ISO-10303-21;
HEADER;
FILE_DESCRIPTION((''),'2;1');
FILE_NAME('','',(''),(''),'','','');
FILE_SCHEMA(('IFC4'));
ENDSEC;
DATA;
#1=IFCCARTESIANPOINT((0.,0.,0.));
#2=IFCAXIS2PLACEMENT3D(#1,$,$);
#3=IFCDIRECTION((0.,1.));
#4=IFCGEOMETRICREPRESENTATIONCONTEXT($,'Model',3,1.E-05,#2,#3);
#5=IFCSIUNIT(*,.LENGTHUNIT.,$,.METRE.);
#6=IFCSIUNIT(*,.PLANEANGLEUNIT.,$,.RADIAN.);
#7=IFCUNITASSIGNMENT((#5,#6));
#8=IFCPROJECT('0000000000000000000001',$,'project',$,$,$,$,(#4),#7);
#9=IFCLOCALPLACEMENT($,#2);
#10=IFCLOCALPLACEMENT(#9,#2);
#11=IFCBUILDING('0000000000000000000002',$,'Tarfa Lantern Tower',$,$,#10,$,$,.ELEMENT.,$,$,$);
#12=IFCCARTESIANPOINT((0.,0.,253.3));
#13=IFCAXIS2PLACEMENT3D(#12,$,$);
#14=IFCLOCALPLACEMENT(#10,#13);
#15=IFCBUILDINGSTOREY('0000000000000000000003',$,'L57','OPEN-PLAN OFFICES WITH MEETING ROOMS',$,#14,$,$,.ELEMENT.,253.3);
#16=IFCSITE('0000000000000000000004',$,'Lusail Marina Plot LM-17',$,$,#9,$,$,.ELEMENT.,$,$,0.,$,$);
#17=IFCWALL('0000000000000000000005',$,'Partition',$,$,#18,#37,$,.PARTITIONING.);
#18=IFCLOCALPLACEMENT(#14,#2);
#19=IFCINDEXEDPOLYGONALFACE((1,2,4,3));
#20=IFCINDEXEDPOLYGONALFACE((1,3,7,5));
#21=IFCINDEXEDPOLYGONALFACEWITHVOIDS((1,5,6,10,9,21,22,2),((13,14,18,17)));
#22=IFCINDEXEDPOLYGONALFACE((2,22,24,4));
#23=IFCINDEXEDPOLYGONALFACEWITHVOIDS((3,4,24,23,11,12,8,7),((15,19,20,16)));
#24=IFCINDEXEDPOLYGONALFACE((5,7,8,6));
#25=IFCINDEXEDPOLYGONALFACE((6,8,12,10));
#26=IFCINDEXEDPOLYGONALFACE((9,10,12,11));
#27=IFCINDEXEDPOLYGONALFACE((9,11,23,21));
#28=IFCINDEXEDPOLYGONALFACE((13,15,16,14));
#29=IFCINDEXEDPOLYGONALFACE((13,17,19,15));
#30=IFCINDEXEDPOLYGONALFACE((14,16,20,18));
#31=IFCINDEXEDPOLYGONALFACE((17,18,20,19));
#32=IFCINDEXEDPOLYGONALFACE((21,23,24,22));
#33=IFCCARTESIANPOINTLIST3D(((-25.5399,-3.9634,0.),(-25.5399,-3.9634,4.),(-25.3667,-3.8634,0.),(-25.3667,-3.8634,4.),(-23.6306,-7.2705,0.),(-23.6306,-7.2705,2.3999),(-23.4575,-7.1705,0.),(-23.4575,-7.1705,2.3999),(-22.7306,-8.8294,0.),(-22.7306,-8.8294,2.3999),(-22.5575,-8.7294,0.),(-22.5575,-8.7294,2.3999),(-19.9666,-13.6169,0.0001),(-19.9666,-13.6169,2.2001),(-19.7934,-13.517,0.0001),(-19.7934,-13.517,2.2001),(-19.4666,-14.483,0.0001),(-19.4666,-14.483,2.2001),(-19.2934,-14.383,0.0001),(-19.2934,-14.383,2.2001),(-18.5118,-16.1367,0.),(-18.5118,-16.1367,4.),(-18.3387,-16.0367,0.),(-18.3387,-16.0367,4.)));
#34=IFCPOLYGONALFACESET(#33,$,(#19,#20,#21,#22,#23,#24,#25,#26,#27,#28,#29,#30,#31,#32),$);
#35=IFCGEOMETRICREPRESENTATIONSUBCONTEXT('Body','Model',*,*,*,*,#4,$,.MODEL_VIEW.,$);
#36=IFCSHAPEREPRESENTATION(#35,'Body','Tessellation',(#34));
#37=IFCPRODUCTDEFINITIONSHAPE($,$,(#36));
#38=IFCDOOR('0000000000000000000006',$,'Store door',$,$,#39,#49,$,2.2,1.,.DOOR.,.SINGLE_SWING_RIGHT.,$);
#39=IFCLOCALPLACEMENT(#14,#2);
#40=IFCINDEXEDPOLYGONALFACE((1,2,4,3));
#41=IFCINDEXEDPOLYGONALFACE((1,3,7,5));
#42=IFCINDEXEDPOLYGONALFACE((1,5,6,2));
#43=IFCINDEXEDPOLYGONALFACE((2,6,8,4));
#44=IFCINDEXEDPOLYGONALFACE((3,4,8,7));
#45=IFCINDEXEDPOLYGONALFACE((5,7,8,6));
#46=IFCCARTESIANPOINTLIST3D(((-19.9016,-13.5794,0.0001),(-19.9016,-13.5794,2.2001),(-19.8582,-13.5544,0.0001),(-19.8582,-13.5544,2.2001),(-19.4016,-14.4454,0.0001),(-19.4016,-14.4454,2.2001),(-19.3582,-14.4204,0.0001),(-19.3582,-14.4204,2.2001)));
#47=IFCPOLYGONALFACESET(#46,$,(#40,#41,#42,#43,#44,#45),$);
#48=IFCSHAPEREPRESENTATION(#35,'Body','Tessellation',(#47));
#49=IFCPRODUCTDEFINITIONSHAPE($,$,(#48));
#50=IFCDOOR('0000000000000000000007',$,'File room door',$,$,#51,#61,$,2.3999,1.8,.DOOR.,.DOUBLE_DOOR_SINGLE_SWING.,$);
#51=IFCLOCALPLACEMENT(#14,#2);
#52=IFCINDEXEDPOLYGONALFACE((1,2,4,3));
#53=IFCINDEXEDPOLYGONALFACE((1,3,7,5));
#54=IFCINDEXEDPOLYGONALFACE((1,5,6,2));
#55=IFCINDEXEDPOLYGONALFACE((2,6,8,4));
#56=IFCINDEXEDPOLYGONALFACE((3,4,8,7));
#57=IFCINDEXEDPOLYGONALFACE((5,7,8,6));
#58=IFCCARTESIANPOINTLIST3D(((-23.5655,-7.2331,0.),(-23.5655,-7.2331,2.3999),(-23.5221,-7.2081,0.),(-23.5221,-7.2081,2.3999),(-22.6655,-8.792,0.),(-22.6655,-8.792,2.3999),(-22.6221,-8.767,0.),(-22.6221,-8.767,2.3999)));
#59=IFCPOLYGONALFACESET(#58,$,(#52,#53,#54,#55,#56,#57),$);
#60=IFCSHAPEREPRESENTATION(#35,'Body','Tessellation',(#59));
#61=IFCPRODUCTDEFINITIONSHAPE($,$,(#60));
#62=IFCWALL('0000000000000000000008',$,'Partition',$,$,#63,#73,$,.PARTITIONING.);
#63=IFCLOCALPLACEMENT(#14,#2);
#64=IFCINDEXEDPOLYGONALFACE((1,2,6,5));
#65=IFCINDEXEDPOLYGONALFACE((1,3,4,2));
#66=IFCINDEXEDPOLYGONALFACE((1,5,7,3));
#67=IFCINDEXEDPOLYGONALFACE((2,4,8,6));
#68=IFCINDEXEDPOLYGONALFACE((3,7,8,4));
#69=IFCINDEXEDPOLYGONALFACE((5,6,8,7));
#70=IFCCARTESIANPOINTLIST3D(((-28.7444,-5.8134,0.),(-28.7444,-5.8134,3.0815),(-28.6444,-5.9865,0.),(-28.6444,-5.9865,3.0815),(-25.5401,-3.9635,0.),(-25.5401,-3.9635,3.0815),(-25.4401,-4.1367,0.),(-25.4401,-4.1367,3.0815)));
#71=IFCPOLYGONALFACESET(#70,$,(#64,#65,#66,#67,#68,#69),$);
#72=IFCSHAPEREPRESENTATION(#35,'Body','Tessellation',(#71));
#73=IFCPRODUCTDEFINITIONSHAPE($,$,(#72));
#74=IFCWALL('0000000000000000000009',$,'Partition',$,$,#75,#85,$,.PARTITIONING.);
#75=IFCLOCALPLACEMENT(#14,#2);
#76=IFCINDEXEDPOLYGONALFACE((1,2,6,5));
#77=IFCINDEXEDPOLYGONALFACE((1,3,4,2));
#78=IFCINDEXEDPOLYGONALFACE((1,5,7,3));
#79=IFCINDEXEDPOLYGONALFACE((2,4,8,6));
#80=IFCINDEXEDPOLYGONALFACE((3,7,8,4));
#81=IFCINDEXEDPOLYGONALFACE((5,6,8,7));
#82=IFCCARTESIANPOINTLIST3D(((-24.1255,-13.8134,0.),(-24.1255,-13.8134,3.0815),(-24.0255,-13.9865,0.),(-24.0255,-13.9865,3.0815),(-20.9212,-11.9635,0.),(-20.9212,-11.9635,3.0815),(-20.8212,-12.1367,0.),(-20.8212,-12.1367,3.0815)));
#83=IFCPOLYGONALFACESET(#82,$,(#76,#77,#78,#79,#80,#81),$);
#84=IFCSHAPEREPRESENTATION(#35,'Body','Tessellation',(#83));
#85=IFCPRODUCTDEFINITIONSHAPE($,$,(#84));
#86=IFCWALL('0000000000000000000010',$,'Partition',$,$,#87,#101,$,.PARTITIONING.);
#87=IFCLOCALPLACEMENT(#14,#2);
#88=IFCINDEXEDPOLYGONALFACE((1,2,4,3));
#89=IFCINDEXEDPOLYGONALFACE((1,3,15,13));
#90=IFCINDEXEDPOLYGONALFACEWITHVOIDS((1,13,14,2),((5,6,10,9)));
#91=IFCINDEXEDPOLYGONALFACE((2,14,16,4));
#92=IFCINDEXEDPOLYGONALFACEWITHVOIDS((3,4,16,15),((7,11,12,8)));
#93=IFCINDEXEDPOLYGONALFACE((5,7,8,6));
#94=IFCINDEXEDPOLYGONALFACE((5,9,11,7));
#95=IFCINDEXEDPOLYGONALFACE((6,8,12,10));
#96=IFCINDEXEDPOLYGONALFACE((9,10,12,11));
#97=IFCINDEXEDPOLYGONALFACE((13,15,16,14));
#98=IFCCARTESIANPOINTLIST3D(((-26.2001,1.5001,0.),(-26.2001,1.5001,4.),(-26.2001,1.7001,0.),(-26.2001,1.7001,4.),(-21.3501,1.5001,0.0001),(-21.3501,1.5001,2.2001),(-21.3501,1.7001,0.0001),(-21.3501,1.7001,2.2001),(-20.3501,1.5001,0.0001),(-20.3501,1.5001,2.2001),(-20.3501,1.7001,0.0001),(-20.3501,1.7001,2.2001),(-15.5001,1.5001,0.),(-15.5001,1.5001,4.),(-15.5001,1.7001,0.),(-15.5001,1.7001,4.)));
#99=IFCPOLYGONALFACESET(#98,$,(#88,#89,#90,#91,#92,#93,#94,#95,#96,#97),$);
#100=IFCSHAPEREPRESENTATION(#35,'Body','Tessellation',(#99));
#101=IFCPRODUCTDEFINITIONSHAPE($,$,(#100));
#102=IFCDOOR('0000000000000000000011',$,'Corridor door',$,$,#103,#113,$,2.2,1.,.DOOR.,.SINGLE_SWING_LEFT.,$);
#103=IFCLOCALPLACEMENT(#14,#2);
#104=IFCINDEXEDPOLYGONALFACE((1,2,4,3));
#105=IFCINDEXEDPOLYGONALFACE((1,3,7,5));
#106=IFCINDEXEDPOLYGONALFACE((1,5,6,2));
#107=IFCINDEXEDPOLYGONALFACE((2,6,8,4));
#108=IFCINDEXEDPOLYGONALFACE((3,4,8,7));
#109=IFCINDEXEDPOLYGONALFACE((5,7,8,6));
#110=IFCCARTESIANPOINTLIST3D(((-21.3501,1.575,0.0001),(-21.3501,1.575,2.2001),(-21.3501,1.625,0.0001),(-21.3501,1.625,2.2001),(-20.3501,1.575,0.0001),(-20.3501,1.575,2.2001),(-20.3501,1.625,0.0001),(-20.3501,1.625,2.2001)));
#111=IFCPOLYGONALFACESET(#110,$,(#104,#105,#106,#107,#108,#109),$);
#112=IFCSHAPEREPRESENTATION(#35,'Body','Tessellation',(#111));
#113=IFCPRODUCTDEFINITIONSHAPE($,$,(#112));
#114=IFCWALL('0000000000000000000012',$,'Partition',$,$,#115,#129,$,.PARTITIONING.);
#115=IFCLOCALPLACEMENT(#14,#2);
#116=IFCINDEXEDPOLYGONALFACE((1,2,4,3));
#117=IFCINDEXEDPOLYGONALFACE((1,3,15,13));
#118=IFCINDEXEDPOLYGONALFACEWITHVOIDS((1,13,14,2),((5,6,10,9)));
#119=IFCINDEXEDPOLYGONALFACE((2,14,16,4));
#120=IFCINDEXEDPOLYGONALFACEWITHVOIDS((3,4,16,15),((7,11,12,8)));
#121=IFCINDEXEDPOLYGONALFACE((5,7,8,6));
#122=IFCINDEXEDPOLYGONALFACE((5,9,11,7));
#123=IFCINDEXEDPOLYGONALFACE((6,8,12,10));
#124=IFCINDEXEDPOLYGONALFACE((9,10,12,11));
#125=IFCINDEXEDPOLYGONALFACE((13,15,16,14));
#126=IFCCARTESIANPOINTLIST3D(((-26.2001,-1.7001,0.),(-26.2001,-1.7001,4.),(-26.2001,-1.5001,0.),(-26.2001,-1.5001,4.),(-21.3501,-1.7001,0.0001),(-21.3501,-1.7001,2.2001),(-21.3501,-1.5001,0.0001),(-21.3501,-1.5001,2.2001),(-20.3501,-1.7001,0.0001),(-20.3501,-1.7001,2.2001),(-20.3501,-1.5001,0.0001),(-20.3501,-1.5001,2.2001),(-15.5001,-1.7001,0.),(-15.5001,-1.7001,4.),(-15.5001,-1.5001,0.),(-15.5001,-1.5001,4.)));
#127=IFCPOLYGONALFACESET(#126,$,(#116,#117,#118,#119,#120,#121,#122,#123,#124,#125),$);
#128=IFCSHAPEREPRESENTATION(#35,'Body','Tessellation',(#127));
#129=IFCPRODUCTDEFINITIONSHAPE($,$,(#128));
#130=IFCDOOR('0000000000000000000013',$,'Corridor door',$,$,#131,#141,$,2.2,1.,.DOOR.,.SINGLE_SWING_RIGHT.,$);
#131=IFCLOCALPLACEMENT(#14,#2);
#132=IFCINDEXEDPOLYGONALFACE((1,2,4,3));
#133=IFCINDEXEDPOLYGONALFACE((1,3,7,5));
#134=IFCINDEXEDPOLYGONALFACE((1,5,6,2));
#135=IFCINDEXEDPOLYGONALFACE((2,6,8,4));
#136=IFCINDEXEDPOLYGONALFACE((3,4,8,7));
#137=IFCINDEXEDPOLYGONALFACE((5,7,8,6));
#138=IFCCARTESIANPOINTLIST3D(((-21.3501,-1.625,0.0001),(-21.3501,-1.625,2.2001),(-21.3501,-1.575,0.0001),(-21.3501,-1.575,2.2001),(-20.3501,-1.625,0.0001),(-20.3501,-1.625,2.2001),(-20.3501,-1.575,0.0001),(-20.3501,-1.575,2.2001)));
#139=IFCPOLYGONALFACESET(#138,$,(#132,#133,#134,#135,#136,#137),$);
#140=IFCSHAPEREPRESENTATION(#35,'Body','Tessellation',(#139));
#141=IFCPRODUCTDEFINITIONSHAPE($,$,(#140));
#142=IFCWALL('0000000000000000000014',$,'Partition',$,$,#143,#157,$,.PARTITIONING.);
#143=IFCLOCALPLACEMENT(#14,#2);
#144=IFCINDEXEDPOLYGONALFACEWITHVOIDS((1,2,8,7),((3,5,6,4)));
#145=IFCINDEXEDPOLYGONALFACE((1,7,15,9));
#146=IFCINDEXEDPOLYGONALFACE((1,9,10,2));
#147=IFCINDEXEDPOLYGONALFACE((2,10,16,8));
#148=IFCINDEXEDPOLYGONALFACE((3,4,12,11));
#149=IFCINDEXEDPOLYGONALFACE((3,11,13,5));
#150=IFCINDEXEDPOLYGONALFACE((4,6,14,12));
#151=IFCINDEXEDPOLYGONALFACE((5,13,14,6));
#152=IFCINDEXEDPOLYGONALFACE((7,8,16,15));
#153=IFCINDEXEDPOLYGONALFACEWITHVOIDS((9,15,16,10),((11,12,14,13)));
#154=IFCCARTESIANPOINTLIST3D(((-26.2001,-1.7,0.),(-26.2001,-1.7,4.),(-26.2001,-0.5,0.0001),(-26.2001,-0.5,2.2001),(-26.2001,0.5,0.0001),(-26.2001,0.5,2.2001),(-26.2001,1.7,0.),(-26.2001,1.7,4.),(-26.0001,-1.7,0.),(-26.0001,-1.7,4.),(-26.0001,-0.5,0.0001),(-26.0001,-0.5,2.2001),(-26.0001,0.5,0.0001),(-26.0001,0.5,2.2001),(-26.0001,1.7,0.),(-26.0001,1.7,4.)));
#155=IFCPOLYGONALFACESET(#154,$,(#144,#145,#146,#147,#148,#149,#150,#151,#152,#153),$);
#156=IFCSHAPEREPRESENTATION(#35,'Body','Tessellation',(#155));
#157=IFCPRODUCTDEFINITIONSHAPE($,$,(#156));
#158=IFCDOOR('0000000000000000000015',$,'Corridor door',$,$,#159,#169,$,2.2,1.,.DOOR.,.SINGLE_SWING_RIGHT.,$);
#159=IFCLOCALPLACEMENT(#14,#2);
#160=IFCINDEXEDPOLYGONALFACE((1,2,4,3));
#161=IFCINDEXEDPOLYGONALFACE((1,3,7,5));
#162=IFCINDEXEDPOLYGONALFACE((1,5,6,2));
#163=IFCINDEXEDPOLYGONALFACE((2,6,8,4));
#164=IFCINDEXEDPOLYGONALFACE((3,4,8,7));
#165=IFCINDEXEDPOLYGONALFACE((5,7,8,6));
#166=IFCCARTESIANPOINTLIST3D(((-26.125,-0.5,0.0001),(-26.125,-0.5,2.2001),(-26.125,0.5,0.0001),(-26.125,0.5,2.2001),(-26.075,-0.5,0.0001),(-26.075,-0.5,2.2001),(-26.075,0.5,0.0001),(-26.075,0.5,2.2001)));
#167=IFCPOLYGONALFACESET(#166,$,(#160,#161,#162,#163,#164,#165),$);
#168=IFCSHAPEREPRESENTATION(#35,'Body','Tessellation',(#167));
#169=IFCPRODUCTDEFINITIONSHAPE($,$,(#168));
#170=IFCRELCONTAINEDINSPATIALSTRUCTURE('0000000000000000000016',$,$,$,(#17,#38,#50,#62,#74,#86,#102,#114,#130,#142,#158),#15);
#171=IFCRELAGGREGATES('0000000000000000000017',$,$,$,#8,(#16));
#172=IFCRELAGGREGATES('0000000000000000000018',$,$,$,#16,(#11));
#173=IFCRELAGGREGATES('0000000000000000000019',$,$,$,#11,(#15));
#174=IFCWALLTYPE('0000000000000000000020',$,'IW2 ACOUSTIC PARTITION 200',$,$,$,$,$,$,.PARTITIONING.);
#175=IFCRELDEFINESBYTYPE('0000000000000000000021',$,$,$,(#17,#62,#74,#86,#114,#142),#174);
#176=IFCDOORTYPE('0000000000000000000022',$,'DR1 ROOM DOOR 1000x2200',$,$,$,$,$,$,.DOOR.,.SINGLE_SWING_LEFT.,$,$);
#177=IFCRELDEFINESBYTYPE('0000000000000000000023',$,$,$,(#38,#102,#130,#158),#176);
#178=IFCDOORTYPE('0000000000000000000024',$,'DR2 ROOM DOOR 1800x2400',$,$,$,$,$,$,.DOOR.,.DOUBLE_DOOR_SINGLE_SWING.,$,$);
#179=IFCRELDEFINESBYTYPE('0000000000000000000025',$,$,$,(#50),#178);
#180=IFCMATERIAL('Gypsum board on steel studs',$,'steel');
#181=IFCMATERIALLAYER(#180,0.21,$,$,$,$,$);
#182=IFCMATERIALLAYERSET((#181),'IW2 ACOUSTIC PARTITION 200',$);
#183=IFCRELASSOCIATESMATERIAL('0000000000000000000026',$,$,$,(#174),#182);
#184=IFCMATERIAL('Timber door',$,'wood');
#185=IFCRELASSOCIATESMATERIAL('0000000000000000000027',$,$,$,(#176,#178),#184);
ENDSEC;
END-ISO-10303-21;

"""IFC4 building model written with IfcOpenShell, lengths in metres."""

from ifc_helpers import new_model, si_unit, direction, frame, frame_2d, origin, place, context, subcontext, project, spatial, rectangle, extrude, material, layer, layer_set, type_object, element, fill, save


model = new_model("IFC4")

# Units and contexts
model_context = context("Model", 3, precision=1e-05, world=origin(), true_north=direction((0.0, 1.0)))
body_context = subcontext(model_context, "Body", "Model", "MODEL_VIEW")
ifc_project = project(units=[si_unit("LENGTHUNIT", "METRE"), si_unit("PLANEANGLEUNIT", "RADIAN")], contexts=[model_context])

# Site, building, storey
site_placement = place(None, origin())
site = spatial("IfcSite", under=ifc_project, at=site_placement, Name="Lusail Marina Plot LM-17", CompositionType="ELEMENT", RefElevation=0.0)
building_placement = place(site_placement, origin())
building = spatial("IfcBuilding", under=site, at=building_placement, Name="Tarfa Lantern Tower", CompositionType="ELEMENT")
storey_placement = place(building_placement, frame((0.0, 0.0, 253.3)))
storey = spatial("IfcBuildingStorey", under=building, at=storey_placement, Name="L57", Description="OPEN-PLAN OFFICES WITH MEETING ROOMS", CompositionType="ELEMENT", Elevation=253.3)

# Wall, openings, doors
ifc_material_1 = material(Name="Gypsum board on steel studs", Category="steel")
ifc_layer_1 = layer(ifc_material_1, 0.21)
ifc_layer_set_1 = layer_set([ifc_layer_1], Name="IW2 ACOUSTIC PARTITION 200")
wall_type_1 = type_object("IfcWallType", Name="IW2 ACOUSTIC PARTITION 200", PredefinedType="PARTITIONING", material=ifc_layer_set_1)
wall_1_placement = place(storey_placement, frame((-25.4534, -3.9133, 0.0), z_axis=(0.0, 0.0, 1.0), x_axis=(0.499989, -0.866032, 0.0)))
wall_1 = element("IfcWall", 1, at=wall_1_placement, inside=storey, type_object=wall_type_1, Name="Partition", PredefinedType="PARTITIONING", context=body_context, shape_type="SweptSolid", body=[
    extrude(rectangle(XDim=14.0564, YDim=0.2, at=frame_2d((7.0283, 0.0))), origin(), (0.0, 0.0, 1.0), 4.0),
])
opening_1_placement = place(wall_1_placement, frame((3.8188, 0.0, 0.0)))
opening_1 = element("IfcOpeningElement", 2, at=opening_1_placement, cuts=wall_1, PredefinedType="OPENING", context=body_context, shape_type="SweptSolid", body=[
    extrude(rectangle(XDim=1.8, YDim=2.3999, at=frame_2d((0.8999, 1.2))), frame((0.0, 0.1099, 0.0), z_axis=(0.0, -1.0, 0.0), x_axis=(1.0, 0.0, 0.0)), (0.0, 0.0, 1.0), 0.22),
])
opening_2_placement = place(wall_1_placement, frame((11.147, 0.0, 0.0)))
opening_2 = element("IfcOpeningElement", 3, at=opening_2_placement, cuts=wall_1, PredefinedType="OPENING", context=body_context, shape_type="SweptSolid", body=[
    extrude(rectangle(XDim=1.0, YDim=2.2, at=frame_2d((0.5, 1.1001))), frame((0.0, 0.1099, 0.0), z_axis=(0.0, -1.0, 0.0), x_axis=(1.0, 0.0, 0.0)), (0.0, 0.0, 1.0), 0.22),
])
ifc_material_2 = material(Name="Timber door", Category="wood")
door_type_1 = type_object("IfcDoorType", Name="DR1 ROOM DOOR 1000x2200", OperationType="SINGLE_SWING_LEFT", PredefinedType="DOOR", material=ifc_material_2)
door_1_placement = place(opening_2_placement, frame((1.0, 0.0, 0.0), z_axis=(0.0, 0.0, 1.0), x_axis=(-1.0, 0.0, 0.0)))
door_1 = element("IfcDoor", 4, at=door_1_placement, inside=storey, type_object=door_type_1, Name="Store door", OperationType="SINGLE_SWING_RIGHT", OverallHeight=2.2, OverallWidth=1.0, PredefinedType="DOOR", context=body_context, shape_type="SweptSolid", body=[
    extrude(rectangle(XDim=1.0, YDim=2.2, at=frame_2d((0.5, 1.1001))), frame((0.0, 0.0249, 0.0), z_axis=(0.0, -1.0, 0.0), x_axis=(1.0, 0.0, 0.0)), (0.0, 0.0, 1.0), 0.05),
])
fill(opening_2, door_1)
door_type_2 = type_object("IfcDoorType", Name="DR2 ROOM DOOR 1800x2400", OperationType="DOUBLE_DOOR_SINGLE_SWING", PredefinedType="DOOR", material=ifc_material_2)
door_2_placement = place(opening_1_placement, frame((1.8, 0.0, 0.0), z_axis=(0.0, 0.0, 1.0), x_axis=(-1.0, 0.0, 0.0)))
door_2 = element("IfcDoor", 5, at=door_2_placement, inside=storey, type_object=door_type_2, Name="File room door", OperationType="DOUBLE_DOOR_SINGLE_SWING", OverallHeight=2.3999, OverallWidth=1.8, PredefinedType="DOOR", context=body_context, shape_type="SweptSolid", body=[
    extrude(rectangle(XDim=1.8, YDim=2.3999, at=frame_2d((0.8999, 1.2))), frame((0.0, 0.0249, 0.0), z_axis=(0.0, -1.0, 0.0), x_axis=(1.0, 0.0, 0.0)), (0.0, 0.0, 1.0), 0.05),
])
fill(opening_1, door_2)

# Walls
for number, where, z_axis, x_axis, name in (
    (6, (-25.49, -4.05, 0.0), (0.0, 0.0, 1.0), (-0.866046, -0.499964, 0.0), "Partition"),
    (7, (-20.8711, -12.05, 0.0), (0.0, 0.0, 1.0), (-0.866046, -0.499964, 0.0), "Partition"),
):
    element("IfcWall", number, at=place(storey_placement, frame(where, z_axis=z_axis, x_axis=x_axis)), inside=storey, type_object=wall_type_1, Name=name, PredefinedType="PARTITIONING", context=body_context, shape_type="SweptSolid", body=[
        extrude(rectangle(XDim=3.7, YDim=0.2, at=frame_2d((1.8501, 0.0))), origin(), (0.0, 0.0, 1.0), 3.0815),
    ])

# Walls, openings, doors
wall_2_placement = place(storey_placement, frame((-15.5, 1.6001, 0.0), z_axis=(0.0, 0.0, 1.0), x_axis=(-1.0, 0.0, 0.0)))
wall_2 = element("IfcWall", 8, at=wall_2_placement, inside=storey, type_object=wall_type_1, Name="Partition", PredefinedType="PARTITIONING", context=body_context, shape_type="SweptSolid", body=[
    extrude(rectangle(XDim=10.7, YDim=0.2, at=frame_2d((5.3501, 0.0))), origin(), (0.0, 0.0, 1.0), 4.0),
])
opening_3_placement = place(wall_2_placement, frame((4.8501, 0.0, 0.0)))
opening_3 = element("IfcOpeningElement", 9, at=opening_3_placement, cuts=wall_2, PredefinedType="OPENING", context=body_context, shape_type="SweptSolid", body=[
    extrude(rectangle(XDim=1.0, YDim=2.2, at=frame_2d((0.5, 1.1001))), frame((0.0, 0.1099, 0.0), z_axis=(0.0, -1.0, 0.0), x_axis=(1.0, 0.0, 0.0)), (0.0, 0.0, 1.0), 0.22),
])
door_3_placement = place(opening_3_placement, frame((1.0, 0.0, 0.0), z_axis=(0.0, 0.0, 1.0), x_axis=(-1.0, 0.0, 0.0)))
door_3 = element("IfcDoor", 10, at=door_3_placement, inside=storey, type_object=door_type_1, Name="Corridor door", OperationType="SINGLE_SWING_LEFT", OverallHeight=2.2, OverallWidth=1.0, PredefinedType="DOOR", context=body_context, shape_type="SweptSolid", body=[
    extrude(rectangle(XDim=1.0, YDim=2.2, at=frame_2d((0.5, 1.1001))), frame((0.0, 0.0249, 0.0), z_axis=(0.0, -1.0, 0.0), x_axis=(1.0, 0.0, 0.0)), (0.0, 0.0, 1.0), 0.05),
])
fill(opening_3, door_3)
wall_3_placement = place(storey_placement, frame((-15.5, -1.6001, 0.0), z_axis=(0.0, 0.0, 1.0), x_axis=(-1.0, 0.0, 0.0)))
wall_3 = element("IfcWall", 11, at=wall_3_placement, inside=storey, type_object=wall_type_1, Name="Partition", PredefinedType="PARTITIONING", context=body_context, shape_type="SweptSolid", body=[
    extrude(rectangle(XDim=10.7, YDim=0.2, at=frame_2d((5.3501, 0.0))), origin(), (0.0, 0.0, 1.0), 4.0),
])
opening_4_placement = place(wall_3_placement, frame((4.8501, 0.0, 0.0)))
opening_4 = element("IfcOpeningElement", 12, at=opening_4_placement, cuts=wall_3, PredefinedType="OPENING", context=body_context, shape_type="SweptSolid", body=[
    extrude(rectangle(XDim=1.0, YDim=2.2, at=frame_2d((0.5, 1.1001))), frame((0.0, 0.1099, 0.0), z_axis=(0.0, -1.0, 0.0), x_axis=(1.0, 0.0, 0.0)), (0.0, 0.0, 1.0), 0.22),
])
door_4_placement = place(opening_4_placement, origin())
door_4 = element("IfcDoor", 13, at=door_4_placement, inside=storey, type_object=door_type_1, Name="Corridor door", OperationType="SINGLE_SWING_RIGHT", OverallHeight=2.2, OverallWidth=1.0, PredefinedType="DOOR", context=body_context, shape_type="SweptSolid", body=[
    extrude(rectangle(XDim=1.0, YDim=2.2, at=frame_2d((0.5, 1.1001))), frame((0.0, 0.0249, 0.0), z_axis=(0.0, -1.0, 0.0), x_axis=(1.0, 0.0, 0.0)), (0.0, 0.0, 1.0), 0.05),
])
fill(opening_4, door_4)
wall_4_placement = place(storey_placement, frame((-26.1001, -1.7, 0.0), z_axis=(0.0, 0.0, 1.0), x_axis=(0.0, 1.0, 0.0)))
wall_4 = element("IfcWall", 14, at=wall_4_placement, inside=storey, type_object=wall_type_1, Name="Partition", PredefinedType="PARTITIONING", context=body_context, shape_type="SweptSolid", body=[
    extrude(rectangle(XDim=3.3999, YDim=0.2, at=frame_2d((1.7, 0.0))), origin(), (0.0, 0.0, 1.0), 4.0),
])
opening_5_placement = place(wall_4_placement, frame((1.2, 0.0, 0.0)))
opening_5 = element("IfcOpeningElement", 15, at=opening_5_placement, cuts=wall_4, PredefinedType="OPENING", context=body_context, shape_type="SweptSolid", body=[
    extrude(rectangle(XDim=1.0, YDim=2.2, at=frame_2d((0.5, 1.1001))), frame((0.0, 0.1099, 0.0), z_axis=(0.0, -1.0, 0.0), x_axis=(1.0, 0.0, 0.0)), (0.0, 0.0, 1.0), 0.22),
])
door_5_placement = place(opening_5_placement, origin())
door_5 = element("IfcDoor", 16, at=door_5_placement, inside=storey, type_object=door_type_1, Name="Corridor door", OperationType="SINGLE_SWING_RIGHT", OverallHeight=2.2, OverallWidth=1.0, PredefinedType="DOOR", context=body_context, shape_type="SweptSolid", body=[
    extrude(rectangle(XDim=1.0, YDim=2.2, at=frame_2d((0.5, 1.1001))), frame((0.0, 0.0249, 0.0), z_axis=(0.0, -1.0, 0.0), x_axis=(1.0, 0.0, 0.0)), (0.0, 0.0, 1.0), 0.05),
])
fill(opening_5, door_5)

save(model, "model.ifc")
